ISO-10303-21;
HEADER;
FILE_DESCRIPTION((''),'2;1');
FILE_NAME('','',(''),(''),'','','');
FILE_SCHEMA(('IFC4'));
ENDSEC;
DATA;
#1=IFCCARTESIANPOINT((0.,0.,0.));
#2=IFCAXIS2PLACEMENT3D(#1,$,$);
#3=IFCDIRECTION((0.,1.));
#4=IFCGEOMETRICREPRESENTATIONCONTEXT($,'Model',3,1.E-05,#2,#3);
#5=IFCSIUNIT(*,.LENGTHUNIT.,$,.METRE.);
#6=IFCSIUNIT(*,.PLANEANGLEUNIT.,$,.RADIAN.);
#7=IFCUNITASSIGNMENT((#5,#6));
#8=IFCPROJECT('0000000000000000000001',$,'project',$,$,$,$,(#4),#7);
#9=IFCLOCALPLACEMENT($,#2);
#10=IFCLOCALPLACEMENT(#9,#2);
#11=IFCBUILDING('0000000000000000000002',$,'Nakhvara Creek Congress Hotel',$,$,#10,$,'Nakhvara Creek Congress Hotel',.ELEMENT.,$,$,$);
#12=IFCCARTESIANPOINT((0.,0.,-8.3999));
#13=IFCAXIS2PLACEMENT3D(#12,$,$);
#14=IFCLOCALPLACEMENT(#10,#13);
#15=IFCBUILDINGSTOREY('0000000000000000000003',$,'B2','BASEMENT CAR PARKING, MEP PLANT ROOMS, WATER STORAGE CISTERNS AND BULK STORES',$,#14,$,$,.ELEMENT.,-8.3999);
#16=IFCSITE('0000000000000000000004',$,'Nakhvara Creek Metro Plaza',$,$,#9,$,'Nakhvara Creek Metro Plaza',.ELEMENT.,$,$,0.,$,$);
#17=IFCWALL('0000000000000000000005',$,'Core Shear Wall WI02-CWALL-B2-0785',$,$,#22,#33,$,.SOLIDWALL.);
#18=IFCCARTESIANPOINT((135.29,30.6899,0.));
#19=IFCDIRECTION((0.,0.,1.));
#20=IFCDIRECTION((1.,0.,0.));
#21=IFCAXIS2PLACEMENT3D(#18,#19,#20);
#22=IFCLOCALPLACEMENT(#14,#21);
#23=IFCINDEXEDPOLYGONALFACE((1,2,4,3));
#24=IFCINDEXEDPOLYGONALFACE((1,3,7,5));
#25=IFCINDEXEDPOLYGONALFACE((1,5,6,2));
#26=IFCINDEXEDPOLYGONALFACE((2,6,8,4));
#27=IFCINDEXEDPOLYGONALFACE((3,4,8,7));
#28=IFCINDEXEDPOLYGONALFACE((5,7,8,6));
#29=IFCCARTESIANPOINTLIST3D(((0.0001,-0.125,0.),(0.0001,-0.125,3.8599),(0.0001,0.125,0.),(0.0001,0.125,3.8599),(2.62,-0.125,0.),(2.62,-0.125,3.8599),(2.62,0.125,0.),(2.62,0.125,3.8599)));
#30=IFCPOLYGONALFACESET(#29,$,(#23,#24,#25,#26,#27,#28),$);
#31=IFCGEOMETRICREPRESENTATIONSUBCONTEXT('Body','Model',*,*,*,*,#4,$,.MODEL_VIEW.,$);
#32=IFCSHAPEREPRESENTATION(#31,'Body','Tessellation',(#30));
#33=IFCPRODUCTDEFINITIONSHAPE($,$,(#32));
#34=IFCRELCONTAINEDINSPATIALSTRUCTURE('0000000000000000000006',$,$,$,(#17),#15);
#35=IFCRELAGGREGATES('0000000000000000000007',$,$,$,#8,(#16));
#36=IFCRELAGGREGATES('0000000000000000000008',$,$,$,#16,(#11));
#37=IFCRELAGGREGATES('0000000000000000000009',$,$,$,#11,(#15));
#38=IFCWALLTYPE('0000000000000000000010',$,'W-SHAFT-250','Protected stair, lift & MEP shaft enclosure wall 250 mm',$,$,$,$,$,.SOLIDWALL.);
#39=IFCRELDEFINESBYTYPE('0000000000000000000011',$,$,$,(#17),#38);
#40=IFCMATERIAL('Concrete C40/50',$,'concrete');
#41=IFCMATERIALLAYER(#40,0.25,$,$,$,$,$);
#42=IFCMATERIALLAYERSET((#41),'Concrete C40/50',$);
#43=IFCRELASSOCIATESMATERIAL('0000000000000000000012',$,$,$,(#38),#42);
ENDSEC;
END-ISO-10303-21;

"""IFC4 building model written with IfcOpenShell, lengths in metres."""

from ifc_helpers import new_model, si_unit, direction, frame, frame_2d, origin, place, context, subcontext, project, spatial, rectangle, extrude, material, layer, layer_set, type_object, element, save


model = new_model("IFC4")

# Units and contexts
model_context = context("Model", 3, precision=1e-05, world=origin(), true_north=direction((0.0, 1.0)))
body_context = subcontext(model_context, "Body", "Model", "MODEL_VIEW")
ifc_project = project(units=[si_unit("LENGTHUNIT", "METRE"), si_unit("PLANEANGLEUNIT", "RADIAN")], contexts=[model_context])

# Site, building, storey
site_placement = place(None, origin())
site = spatial("IfcSite", under=ifc_project, at=site_placement, Name="Nakhvara Creek Metro Plaza", LongName="Nakhvara Creek Metro Plaza", CompositionType="ELEMENT", RefElevation=0.0)
building_placement = place(site_placement, origin())
building = spatial("IfcBuilding", under=site, at=building_placement, Name="Nakhvara Creek Congress Hotel", LongName="Nakhvara Creek Congress Hotel", CompositionType="ELEMENT")
storey_placement = place(building_placement, frame((0.0, 0.0, -8.3999)))
storey = spatial("IfcBuildingStorey", under=building, at=storey_placement, Name="B2", Description="BASEMENT CAR PARKING, MEP PLANT ROOMS, WATER STORAGE CISTERNS AND BULK STORES", CompositionType="ELEMENT", Elevation=-8.3999)

# Shared definitions
ifc_material_1 = material(Name="Concrete C40/50", Category="concrete")

# Wall
ifc_layer_1 = layer(ifc_material_1, 0.25)
ifc_layer_set_1 = layer_set([ifc_layer_1], Name="Concrete C40/50")
wall_type_1 = type_object("IfcWallType", Name="W-SHAFT-250", Description="Protected stair, lift & MEP shaft enclosure wall 250 mm", PredefinedType="SOLIDWALL", material=ifc_layer_set_1)
wall_1_placement = place(storey_placement, frame((135.29, 30.6899, 0.0), z_axis=(0.0, 0.0, 1.0), x_axis=(1.0, 0.0, 0.0)))
element("IfcWall", 1, at=wall_1_placement, inside=storey, type_object=wall_type_1, Name="Core Shear Wall WI02-CWALL-B2-0785", PredefinedType="SOLIDWALL", context=body_context, shape_type="SweptSolid", body=[
    extrude(rectangle(XDim=2.6199, YDim=0.25, at=frame_2d((1.3101, 0.0))), origin(), (0.0, 0.0, 1.0), 3.8599),
])

save(model, "model.ifc")
